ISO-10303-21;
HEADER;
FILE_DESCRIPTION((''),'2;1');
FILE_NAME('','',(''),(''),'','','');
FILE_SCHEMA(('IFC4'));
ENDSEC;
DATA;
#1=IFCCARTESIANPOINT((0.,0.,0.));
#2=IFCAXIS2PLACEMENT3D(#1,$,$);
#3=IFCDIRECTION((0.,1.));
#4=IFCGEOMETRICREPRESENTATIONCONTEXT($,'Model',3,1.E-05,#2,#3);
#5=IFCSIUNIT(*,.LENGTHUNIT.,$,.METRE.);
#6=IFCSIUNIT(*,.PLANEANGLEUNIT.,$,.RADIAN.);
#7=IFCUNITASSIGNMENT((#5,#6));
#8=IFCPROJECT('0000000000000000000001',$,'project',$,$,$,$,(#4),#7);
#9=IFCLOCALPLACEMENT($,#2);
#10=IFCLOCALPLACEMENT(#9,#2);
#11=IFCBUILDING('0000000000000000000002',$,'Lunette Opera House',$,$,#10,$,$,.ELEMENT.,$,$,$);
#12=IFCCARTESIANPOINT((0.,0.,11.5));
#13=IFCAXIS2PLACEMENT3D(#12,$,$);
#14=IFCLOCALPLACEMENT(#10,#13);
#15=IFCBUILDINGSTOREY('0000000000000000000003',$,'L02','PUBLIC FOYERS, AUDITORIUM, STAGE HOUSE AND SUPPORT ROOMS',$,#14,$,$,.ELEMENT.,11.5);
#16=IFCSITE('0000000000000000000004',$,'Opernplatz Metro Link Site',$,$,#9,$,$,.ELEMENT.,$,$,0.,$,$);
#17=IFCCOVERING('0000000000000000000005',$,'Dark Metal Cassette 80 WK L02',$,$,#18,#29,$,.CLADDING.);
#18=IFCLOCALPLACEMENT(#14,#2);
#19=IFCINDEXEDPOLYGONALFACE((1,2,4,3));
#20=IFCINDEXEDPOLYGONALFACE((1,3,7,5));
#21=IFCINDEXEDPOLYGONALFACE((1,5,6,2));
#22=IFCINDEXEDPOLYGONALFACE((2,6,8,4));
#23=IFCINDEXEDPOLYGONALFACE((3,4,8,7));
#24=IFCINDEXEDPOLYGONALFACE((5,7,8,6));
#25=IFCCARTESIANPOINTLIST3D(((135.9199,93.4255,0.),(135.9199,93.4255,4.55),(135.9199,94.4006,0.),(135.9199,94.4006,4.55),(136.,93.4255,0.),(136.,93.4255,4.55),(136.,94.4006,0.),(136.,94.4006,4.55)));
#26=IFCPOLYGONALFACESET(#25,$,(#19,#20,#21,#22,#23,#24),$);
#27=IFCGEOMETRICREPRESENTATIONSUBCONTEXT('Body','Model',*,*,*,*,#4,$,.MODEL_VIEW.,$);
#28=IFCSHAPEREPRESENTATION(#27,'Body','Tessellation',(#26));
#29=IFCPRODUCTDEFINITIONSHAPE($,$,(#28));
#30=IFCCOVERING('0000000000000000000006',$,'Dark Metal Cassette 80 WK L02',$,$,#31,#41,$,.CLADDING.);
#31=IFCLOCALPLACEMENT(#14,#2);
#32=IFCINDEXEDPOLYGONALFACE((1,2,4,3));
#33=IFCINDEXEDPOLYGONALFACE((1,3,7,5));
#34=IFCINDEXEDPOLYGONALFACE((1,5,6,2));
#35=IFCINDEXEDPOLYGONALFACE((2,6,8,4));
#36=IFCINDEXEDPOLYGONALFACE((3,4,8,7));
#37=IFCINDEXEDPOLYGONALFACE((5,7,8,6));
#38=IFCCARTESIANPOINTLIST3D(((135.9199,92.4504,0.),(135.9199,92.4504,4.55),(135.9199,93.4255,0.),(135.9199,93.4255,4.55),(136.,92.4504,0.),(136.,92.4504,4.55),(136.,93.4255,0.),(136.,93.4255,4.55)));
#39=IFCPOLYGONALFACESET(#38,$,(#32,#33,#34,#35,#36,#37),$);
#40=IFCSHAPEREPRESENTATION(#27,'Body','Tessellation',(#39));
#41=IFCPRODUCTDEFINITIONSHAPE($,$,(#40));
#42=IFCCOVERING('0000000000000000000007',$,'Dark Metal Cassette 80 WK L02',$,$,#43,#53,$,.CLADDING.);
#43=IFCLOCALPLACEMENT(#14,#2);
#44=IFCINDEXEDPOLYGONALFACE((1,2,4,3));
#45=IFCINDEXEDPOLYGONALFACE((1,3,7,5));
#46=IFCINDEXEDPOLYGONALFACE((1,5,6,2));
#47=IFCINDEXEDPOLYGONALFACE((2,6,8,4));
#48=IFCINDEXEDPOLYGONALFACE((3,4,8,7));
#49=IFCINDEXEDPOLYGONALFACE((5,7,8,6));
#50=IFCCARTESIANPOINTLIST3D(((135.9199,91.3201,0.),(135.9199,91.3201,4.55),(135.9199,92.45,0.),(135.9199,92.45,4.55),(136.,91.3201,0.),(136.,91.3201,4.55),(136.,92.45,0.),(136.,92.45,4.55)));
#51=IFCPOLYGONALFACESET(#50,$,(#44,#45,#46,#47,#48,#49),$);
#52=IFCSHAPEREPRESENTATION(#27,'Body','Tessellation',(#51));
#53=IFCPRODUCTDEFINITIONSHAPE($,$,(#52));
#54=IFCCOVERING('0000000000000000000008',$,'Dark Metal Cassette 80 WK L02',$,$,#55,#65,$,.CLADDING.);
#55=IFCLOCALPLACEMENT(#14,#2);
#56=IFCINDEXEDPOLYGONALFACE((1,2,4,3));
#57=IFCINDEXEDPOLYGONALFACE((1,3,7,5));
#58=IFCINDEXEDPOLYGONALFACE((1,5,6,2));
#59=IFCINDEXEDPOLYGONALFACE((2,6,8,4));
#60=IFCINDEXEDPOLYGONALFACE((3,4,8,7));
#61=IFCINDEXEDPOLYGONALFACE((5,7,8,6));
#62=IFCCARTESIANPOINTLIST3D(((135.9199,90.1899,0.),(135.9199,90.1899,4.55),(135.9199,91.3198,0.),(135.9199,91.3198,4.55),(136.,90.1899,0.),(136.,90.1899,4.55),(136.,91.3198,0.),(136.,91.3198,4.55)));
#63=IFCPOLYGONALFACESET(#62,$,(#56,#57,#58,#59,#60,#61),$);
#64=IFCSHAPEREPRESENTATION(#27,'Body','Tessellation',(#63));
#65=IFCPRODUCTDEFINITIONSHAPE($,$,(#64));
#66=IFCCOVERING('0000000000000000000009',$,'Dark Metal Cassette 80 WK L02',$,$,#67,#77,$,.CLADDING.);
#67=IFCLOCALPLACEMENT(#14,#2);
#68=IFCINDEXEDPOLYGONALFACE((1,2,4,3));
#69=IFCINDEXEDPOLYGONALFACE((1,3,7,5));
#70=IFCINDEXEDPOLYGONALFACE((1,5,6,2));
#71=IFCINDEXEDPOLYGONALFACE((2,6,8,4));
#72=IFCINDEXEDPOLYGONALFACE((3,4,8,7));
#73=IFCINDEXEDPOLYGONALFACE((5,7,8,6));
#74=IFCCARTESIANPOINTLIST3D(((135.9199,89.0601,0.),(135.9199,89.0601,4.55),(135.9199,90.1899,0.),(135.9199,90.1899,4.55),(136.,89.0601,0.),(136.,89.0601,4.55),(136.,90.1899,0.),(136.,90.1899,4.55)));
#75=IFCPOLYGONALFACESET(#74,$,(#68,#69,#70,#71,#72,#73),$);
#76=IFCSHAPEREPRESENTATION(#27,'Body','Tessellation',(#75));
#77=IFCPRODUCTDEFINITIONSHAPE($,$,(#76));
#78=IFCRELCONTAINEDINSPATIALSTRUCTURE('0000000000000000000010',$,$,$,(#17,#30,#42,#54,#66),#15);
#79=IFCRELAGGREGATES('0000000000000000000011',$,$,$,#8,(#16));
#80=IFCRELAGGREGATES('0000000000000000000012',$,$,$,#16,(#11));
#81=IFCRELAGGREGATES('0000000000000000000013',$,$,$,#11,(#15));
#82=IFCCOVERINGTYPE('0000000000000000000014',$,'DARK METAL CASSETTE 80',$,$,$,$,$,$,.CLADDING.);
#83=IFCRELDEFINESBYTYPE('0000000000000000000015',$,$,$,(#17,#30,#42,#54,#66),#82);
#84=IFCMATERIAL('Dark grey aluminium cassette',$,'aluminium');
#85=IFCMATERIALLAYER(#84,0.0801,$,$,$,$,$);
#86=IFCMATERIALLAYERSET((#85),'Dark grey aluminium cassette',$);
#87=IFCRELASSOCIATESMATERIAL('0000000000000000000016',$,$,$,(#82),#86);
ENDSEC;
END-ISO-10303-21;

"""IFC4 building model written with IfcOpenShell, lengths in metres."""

from ifc_helpers import new_model, si_unit, direction, frame, origin, origin_2d, place, context, subcontext, project, spatial, rectangle, extrude, material, layer, layer_set, type_object, element, save


model = new_model("IFC4")

# Units and contexts
model_context = context("Model", 3, precision=1e-05, world=origin(), true_north=direction((0.0, 1.0)))
body_context = subcontext(model_context, "Body", "Model", "MODEL_VIEW")
ifc_project = project(units=[si_unit("LENGTHUNIT", "METRE"), si_unit("PLANEANGLEUNIT", "RADIAN")], contexts=[model_context])

# Site, building, storey
site_placement = place(None, origin())
site = spatial("IfcSite", under=ifc_project, at=site_placement, Name="Opernplatz Metro Link Site", CompositionType="ELEMENT", RefElevation=0.0)
building_placement = place(site_placement, origin())
building = spatial("IfcBuilding", under=site, at=building_placement, Name="Lunette Opera House", CompositionType="ELEMENT")
storey_placement = place(building_placement, frame((0.0, 0.0, 11.5)))
storey = spatial("IfcBuildingStorey", under=building, at=storey_placement, Name="L02", Description="PUBLIC FOYERS, AUDITORIUM, STAGE HOUSE AND SUPPORT ROOMS", CompositionType="ELEMENT", Elevation=11.5)

# Coverings
ifc_material_1 = material(Name="Dark grey aluminium cassette", Category="aluminium")
ifc_layer_1 = layer(ifc_material_1, 0.0801)
ifc_layer_set_1 = layer_set([ifc_layer_1], Name="Dark grey aluminium cassette")
covering_type = type_object("IfcCoveringType", Name="DARK METAL CASSETTE 80", PredefinedType="CLADDING", material=ifc_layer_set_1)
for number, where, z_axis, x_axis, name in (
    (1, (135.96, 93.9131, 0.0), (0.0, 0.0, 1.0), (0.0, -1.0, 0.0), "Dark Metal Cassette 80 WK L02"),
    (2, (135.96, 92.938, 0.0), (0.0, 0.0, 1.0), (0.0, -1.0, 0.0), "Dark Metal Cassette 80 WK L02"),
):
    element("IfcCovering", number, at=place(storey_placement, frame(where, z_axis=z_axis, x_axis=x_axis)), inside=storey, type_object=covering_type, Name=name, PredefinedType="CLADDING", context=body_context, shape_type="SweptSolid", body=[
        extrude(rectangle(XDim=0.9751, YDim=0.0801, at=origin_2d()), origin(), (0.0, 0.0, 1.0), 4.55),
    ])
for number, where, z_axis, x_axis, name in (
    (3, (135.96, 91.885, 0.0), (0.0, 0.0, 1.0), (0.0, -1.0, 0.0), "Dark Metal Cassette 80 WK L02"),
    (4, (135.96, 90.7549, 0.0), (0.0, 0.0, 1.0), (0.0, -1.0, 0.0), "Dark Metal Cassette 80 WK L02"),
    (5, (135.96, 89.625, 0.0), (0.0, 0.0, 1.0), (0.0, -1.0, 0.0), "Dark Metal Cassette 80 WK L02"),
):
    element("IfcCovering", number, at=place(storey_placement, frame(where, z_axis=z_axis, x_axis=x_axis)), inside=storey, type_object=covering_type, Name=name, PredefinedType="CLADDING", context=body_context, shape_type="SweptSolid", body=[
        extrude(rectangle(XDim=1.1299, YDim=0.0801, at=origin_2d()), origin(), (0.0, 0.0, 1.0), 4.55),
    ])

save(model, "model.ifc")
